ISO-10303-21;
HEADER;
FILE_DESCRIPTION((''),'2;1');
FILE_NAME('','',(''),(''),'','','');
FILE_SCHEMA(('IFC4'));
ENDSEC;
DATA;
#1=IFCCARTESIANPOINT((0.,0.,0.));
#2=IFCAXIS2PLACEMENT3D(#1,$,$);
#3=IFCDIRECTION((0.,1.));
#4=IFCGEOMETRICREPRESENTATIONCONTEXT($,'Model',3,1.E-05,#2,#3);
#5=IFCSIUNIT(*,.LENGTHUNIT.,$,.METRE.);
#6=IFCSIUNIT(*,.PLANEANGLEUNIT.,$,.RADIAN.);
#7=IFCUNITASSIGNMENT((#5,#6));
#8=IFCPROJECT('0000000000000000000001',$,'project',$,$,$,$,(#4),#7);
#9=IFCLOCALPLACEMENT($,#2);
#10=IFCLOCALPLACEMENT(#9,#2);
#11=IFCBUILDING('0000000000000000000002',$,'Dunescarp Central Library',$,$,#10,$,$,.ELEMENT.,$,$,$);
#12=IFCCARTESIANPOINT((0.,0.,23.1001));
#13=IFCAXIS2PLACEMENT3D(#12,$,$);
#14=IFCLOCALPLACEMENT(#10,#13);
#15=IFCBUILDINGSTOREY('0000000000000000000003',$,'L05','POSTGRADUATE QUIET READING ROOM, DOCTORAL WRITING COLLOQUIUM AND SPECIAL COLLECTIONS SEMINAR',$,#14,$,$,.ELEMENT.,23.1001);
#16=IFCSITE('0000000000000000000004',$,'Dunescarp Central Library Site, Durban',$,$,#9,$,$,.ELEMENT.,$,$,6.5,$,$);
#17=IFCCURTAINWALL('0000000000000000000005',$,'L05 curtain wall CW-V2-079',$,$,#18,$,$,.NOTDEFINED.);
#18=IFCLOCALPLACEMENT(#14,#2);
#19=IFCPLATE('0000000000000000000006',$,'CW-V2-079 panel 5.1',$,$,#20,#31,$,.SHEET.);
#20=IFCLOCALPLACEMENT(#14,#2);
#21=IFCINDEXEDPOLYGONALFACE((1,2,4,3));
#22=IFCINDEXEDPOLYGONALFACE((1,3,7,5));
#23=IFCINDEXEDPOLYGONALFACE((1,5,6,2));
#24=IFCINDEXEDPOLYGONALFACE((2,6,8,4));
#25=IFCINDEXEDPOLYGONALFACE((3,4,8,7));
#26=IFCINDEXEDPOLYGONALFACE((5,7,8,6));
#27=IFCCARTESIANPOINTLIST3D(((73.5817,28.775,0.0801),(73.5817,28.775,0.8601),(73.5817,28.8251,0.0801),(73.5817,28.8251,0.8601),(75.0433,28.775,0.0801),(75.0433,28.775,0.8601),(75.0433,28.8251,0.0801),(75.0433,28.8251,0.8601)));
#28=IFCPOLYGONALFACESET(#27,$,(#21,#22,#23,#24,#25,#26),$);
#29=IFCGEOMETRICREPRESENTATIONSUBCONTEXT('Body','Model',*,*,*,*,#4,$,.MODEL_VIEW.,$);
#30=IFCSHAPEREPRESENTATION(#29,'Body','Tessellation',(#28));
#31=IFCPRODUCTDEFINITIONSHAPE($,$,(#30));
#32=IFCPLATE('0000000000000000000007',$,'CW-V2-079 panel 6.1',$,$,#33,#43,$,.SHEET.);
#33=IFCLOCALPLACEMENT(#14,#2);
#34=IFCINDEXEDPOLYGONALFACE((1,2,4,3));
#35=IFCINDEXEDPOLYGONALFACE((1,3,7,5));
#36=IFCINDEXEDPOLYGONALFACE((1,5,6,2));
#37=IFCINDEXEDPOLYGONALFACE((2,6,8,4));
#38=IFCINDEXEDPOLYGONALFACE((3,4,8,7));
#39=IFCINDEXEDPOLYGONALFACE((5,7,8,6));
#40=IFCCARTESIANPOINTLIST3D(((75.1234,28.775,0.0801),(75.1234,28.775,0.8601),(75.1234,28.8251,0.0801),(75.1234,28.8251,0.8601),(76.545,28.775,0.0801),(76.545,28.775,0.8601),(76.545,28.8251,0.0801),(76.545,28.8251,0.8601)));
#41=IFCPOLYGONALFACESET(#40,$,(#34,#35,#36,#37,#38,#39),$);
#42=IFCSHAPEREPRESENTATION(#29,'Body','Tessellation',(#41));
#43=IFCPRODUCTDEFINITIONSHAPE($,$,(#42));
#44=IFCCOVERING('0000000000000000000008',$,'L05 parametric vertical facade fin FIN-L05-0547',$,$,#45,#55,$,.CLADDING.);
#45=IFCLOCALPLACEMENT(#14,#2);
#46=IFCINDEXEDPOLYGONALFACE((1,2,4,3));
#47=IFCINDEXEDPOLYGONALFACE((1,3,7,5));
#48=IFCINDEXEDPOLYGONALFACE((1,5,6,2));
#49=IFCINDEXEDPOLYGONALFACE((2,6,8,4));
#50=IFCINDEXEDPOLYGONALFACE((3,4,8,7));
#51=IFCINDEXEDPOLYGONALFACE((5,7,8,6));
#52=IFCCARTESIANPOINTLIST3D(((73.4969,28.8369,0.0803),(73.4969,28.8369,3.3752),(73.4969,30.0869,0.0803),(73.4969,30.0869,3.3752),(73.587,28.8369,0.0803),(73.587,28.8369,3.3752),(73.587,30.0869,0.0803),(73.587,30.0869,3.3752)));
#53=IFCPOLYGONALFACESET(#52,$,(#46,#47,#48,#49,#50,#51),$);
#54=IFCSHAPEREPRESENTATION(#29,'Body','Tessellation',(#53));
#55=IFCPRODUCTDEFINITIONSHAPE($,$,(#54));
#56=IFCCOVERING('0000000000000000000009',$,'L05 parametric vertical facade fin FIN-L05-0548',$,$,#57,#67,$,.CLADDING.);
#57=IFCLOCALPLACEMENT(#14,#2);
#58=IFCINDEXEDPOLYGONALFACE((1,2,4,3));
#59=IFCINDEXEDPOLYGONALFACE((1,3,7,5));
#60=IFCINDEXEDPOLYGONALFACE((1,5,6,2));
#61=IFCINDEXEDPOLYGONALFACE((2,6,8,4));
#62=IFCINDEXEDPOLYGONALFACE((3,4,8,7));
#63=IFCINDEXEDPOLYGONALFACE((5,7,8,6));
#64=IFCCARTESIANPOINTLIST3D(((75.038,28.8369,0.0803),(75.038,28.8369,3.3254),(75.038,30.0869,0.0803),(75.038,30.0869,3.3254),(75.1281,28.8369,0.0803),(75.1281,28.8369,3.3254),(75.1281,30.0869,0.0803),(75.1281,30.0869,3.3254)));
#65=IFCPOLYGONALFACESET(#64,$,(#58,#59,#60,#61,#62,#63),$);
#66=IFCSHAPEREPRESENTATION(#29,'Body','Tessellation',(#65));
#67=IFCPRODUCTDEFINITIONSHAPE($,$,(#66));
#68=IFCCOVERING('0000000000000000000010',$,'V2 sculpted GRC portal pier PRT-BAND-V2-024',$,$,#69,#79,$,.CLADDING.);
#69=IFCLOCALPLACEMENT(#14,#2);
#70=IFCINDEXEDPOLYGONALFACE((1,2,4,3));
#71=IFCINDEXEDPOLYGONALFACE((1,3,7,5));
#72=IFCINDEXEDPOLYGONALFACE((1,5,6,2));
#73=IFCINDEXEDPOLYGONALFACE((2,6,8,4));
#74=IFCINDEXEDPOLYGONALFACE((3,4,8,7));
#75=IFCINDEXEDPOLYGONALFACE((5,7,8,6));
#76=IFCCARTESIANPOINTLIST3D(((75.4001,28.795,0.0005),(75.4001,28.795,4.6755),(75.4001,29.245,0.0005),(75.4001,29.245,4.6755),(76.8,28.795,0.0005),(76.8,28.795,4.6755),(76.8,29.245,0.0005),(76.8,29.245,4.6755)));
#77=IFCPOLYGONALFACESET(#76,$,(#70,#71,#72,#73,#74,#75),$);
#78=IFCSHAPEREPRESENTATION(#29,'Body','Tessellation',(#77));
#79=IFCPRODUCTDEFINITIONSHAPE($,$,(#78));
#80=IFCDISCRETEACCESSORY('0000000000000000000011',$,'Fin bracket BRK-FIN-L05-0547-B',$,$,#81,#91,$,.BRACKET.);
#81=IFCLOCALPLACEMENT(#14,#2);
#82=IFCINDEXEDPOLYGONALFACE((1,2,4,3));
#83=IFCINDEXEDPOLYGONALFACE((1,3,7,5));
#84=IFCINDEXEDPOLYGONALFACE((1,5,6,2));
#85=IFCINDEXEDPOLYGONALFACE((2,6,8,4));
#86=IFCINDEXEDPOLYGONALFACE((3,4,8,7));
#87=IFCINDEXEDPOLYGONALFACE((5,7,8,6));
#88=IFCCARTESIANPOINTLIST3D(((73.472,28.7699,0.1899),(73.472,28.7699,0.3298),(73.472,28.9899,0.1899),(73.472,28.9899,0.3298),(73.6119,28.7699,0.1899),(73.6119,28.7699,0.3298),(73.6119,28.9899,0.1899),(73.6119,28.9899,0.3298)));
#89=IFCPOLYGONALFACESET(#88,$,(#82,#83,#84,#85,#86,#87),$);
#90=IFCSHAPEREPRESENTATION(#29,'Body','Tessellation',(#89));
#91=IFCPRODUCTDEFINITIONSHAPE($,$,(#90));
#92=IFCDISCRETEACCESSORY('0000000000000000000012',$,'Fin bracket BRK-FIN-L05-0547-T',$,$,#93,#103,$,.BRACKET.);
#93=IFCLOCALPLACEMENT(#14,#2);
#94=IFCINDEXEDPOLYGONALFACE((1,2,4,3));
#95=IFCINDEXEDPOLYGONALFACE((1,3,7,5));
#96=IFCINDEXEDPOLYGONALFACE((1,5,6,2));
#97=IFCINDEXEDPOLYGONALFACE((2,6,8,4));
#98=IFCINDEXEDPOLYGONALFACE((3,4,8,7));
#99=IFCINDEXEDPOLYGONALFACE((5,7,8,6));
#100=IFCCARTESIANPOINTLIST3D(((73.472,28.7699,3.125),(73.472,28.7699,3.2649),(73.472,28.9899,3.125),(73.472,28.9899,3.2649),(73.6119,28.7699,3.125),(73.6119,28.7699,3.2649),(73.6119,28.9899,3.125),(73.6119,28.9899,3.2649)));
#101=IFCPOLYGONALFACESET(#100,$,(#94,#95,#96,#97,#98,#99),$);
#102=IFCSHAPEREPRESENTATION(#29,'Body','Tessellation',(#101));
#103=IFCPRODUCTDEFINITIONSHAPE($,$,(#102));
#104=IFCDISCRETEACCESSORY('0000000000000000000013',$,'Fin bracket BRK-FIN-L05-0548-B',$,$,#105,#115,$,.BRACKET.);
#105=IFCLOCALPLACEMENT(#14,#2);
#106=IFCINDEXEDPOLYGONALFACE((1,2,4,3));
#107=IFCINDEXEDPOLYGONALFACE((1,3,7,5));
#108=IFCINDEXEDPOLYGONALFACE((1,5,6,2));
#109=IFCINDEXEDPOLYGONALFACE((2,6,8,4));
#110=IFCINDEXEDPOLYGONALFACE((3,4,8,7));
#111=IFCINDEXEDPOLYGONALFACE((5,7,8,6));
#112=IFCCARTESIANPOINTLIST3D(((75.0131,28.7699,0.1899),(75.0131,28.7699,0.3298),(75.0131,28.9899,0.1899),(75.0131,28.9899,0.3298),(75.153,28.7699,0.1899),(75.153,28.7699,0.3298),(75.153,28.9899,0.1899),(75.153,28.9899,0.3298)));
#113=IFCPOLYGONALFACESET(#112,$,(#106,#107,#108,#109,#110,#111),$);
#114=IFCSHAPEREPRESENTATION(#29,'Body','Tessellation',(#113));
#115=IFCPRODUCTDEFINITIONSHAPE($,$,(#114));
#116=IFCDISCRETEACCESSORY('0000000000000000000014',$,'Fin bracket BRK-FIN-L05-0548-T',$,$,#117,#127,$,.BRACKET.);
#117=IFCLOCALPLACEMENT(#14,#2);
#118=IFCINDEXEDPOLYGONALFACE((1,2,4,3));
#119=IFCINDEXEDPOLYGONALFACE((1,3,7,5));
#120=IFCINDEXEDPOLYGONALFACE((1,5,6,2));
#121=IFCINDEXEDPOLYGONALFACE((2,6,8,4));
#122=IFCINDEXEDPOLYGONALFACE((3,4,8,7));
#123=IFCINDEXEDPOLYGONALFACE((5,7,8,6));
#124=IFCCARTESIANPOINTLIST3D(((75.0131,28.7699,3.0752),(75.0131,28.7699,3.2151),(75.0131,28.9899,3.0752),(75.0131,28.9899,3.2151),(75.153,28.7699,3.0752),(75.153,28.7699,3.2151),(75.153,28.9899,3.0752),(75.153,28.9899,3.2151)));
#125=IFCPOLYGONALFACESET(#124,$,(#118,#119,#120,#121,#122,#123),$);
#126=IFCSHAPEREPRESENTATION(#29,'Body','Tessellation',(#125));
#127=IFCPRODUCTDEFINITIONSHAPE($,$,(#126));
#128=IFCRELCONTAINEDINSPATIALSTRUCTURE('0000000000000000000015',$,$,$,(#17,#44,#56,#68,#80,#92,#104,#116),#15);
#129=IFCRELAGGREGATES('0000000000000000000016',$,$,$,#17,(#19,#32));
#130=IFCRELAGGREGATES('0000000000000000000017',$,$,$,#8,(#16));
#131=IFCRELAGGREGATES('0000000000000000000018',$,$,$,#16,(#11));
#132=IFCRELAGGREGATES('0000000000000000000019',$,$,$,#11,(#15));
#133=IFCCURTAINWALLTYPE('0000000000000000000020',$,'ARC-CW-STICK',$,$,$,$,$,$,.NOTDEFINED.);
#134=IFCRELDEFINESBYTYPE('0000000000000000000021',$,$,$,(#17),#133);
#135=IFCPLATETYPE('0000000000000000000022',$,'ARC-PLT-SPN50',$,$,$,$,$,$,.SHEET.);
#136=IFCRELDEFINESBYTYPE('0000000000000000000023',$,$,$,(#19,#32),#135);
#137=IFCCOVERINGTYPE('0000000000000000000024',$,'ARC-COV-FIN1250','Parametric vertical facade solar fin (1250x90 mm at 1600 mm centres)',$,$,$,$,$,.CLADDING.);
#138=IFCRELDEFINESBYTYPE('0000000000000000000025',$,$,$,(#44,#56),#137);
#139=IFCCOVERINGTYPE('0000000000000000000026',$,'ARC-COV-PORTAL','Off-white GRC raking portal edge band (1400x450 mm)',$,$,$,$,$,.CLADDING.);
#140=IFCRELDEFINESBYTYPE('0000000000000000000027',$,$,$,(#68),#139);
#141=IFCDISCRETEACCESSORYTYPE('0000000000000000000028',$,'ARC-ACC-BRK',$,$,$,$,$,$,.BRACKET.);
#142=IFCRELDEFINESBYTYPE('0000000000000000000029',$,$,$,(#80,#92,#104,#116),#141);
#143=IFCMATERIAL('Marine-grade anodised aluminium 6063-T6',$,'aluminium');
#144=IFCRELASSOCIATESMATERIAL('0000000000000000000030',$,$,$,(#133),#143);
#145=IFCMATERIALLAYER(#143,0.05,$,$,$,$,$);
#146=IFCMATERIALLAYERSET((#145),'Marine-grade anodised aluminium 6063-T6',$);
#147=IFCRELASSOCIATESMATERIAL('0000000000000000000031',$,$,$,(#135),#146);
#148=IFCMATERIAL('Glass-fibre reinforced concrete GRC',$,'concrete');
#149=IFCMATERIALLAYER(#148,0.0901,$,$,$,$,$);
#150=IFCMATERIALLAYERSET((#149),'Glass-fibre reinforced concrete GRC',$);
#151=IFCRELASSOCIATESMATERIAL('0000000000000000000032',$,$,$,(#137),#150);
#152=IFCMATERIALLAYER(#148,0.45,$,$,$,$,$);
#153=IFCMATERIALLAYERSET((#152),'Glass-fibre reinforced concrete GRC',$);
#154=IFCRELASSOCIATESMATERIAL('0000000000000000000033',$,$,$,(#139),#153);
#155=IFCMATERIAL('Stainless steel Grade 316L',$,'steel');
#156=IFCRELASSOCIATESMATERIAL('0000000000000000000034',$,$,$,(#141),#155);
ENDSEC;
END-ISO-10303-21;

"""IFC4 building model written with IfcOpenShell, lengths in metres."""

from ifc_helpers import new_model, si_unit, direction, frame, origin, origin_2d, place, context, subcontext, project, spatial, rectangle, extrude, material, layer, layer_set, type_object, element, aggregate, save


model = new_model("IFC4")

# Units and contexts
model_context = context("Model", 3, precision=1e-05, world=origin(), true_north=direction((0.0, 1.0)))
body_context = subcontext(model_context, "Body", "Model", "MODEL_VIEW")
ifc_project = project(units=[si_unit("LENGTHUNIT", "METRE"), si_unit("PLANEANGLEUNIT", "RADIAN")], contexts=[model_context])

# Site, building, storey
site_placement = place(None, origin())
site = spatial("IfcSite", under=ifc_project, at=site_placement, Name="Dunescarp Central Library Site, Durban", CompositionType="ELEMENT", RefElevation=6.5)
building_placement = place(site_placement, origin())
building = spatial("IfcBuilding", under=site, at=building_placement, Name="Dunescarp Central Library", CompositionType="ELEMENT")
storey_placement = place(building_placement, frame((0.0, 0.0, 23.1001)))
storey = spatial("IfcBuildingStorey", under=building, at=storey_placement, Name="L05", Description="POSTGRADUATE QUIET READING ROOM, DOCTORAL WRITING COLLOQUIUM AND SPECIAL COLLECTIONS SEMINAR", CompositionType="ELEMENT", Elevation=23.1001)

# Curtain wall, plates
ifc_material_1 = material(Name="Marine-grade anodised aluminium 6063-T6", Category="aluminium")
curtain_wall_type = type_object("IfcCurtainWallType", Name="ARC-CW-STICK", PredefinedType="NOTDEFINED", material=ifc_material_1)
curtain_wall_placement = place(storey_placement, origin())
curtain_wall = element("IfcCurtainWall", 1, at=curtain_wall_placement, inside=storey, type_object=curtain_wall_type, Name="L05 curtain wall CW-V2-079", PredefinedType="NOTDEFINED")
ifc_layer_1 = layer(ifc_material_1, 0.05)
ifc_layer_set_1 = layer_set([ifc_layer_1], Name="Marine-grade anodised aluminium 6063-T6")
plate_type_1 = type_object("IfcPlateType", Name="ARC-PLT-SPN50", PredefinedType="SHEET", material=ifc_layer_set_1)
plate_1_placement = place(storey_placement, frame((74.3125, 28.8, 0.0801), z_axis=(0.0, 0.0, 1.0), x_axis=(1.0, 0.0, 0.0)))
plate_1 = element("IfcPlate", 2, at=plate_1_placement, type_object=plate_type_1, Name="CW-V2-079 panel 5.1", PredefinedType="SHEET", context=body_context, shape_type="SweptSolid", body=[
    extrude(rectangle(XDim=1.4617, YDim=0.05, at=origin_2d()), origin(), (0.0, 0.0, 1.0), 0.78),
])
plate_2_placement = place(storey_placement, frame((75.8342, 28.8, 0.0801), z_axis=(0.0, 0.0, 1.0), x_axis=(1.0, 0.0, 0.0)))
plate_2 = element("IfcPlate", 3, at=plate_2_placement, type_object=plate_type_1, Name="CW-V2-079 panel 6.1", PredefinedType="SHEET", context=body_context, shape_type="SweptSolid", body=[
    extrude(rectangle(XDim=1.4216, YDim=0.05, at=origin_2d()), origin(), (0.0, 0.0, 1.0), 0.78),
])
aggregate(curtain_wall, [plate_1, plate_2])

# Coverings
ifc_material_2 = material(Name="Glass-fibre reinforced concrete GRC", Category="concrete")
ifc_layer_2 = layer(ifc_material_2, 0.0901)
ifc_layer_set_2 = layer_set([ifc_layer_2], Name="Glass-fibre reinforced concrete GRC")
covering_type_1 = type_object("IfcCoveringType", Name="ARC-COV-FIN1250", Description="Parametric vertical facade solar fin (1250x90 mm at 1600 mm centres)", PredefinedType="CLADDING", material=ifc_layer_set_2)
covering_1_placement = place(storey_placement, frame((73.542, 29.4619, 0.0803), z_axis=(0.0, 0.0, 1.0), x_axis=(0.0, 1.0, 0.0)))
element("IfcCovering", 4, at=covering_1_placement, inside=storey, type_object=covering_type_1, Name="L05 parametric vertical facade fin FIN-L05-0547", PredefinedType="CLADDING", context=body_context, shape_type="SweptSolid", body=[
    extrude(rectangle(XDim=1.25, YDim=0.0901, at=origin_2d()), origin(), (0.0, 0.0, 1.0), 3.2949),
])
covering_2_placement = place(storey_placement, frame((75.083, 29.4619, 0.0803), z_axis=(0.0, 0.0, 1.0), x_axis=(0.0, 1.0, 0.0)))
element("IfcCovering", 5, at=covering_2_placement, inside=storey, type_object=covering_type_1, Name="L05 parametric vertical facade fin FIN-L05-0548", PredefinedType="CLADDING", context=body_context, shape_type="SweptSolid", body=[
    extrude(rectangle(XDim=1.25, YDim=0.0901, at=origin_2d()), origin(), (0.0, 0.0, 1.0), 3.2451),
])
ifc_layer_3 = layer(ifc_material_2, 0.45)
ifc_layer_set_3 = layer_set([ifc_layer_3], Name="Glass-fibre reinforced concrete GRC")
covering_type_2 = type_object("IfcCoveringType", Name="ARC-COV-PORTAL", Description="Off-white GRC raking portal edge band (1400x450 mm)", PredefinedType="CLADDING", material=ifc_layer_set_3)
covering_3_placement = place(storey_placement, frame((76.1001, 29.02, 0.0005), z_axis=(0.0, 0.0, 1.0), x_axis=(1.0, 0.0, 0.0)))
element("IfcCovering", 6, at=covering_3_placement, inside=storey, type_object=covering_type_2, Name="V2 sculpted GRC portal pier PRT-BAND-V2-024", PredefinedType="CLADDING", context=body_context, shape_type="SweptSolid", body=[
    extrude(rectangle(XDim=1.3999, YDim=0.45, at=origin_2d()), origin(), (0.0, 0.0, 1.0), 4.675),
])

# Discrete accessories
ifc_material_3 = material(Name="Stainless steel Grade 316L", Category="steel")
discrete_accessory_type = type_object("IfcDiscreteAccessoryType", Name="ARC-ACC-BRK", PredefinedType="BRACKET", material=ifc_material_3)
for number, where, z_axis, x_axis, name in (
    (7, (73.542, 28.8799, 0.1899), (0.0, 0.0, 1.0), (0.0, 1.0, 0.0), "Fin bracket BRK-FIN-L05-0547-B"),
    (8, (73.542, 28.8799, 3.125), (0.0, 0.0, 1.0), (0.0, 1.0, 0.0), "Fin bracket BRK-FIN-L05-0547-T"),
    (9, (75.083, 28.8799, 0.1899), (0.0, 0.0, 1.0), (0.0, 1.0, 0.0), "Fin bracket BRK-FIN-L05-0548-B"),
    (10, (75.083, 28.8799, 3.0752), (0.0, 0.0, 1.0), (0.0, 1.0, 0.0), "Fin bracket BRK-FIN-L05-0548-T"),
):
    element("IfcDiscreteAccessory", number, at=place(storey_placement, frame(where, z_axis=z_axis, x_axis=x_axis)), inside=storey, type_object=discrete_accessory_type, Name=name, PredefinedType="BRACKET", context=body_context, shape_type="SweptSolid", body=[
        extrude(rectangle(XDim=0.22, YDim=0.1399, at=origin_2d()), origin(), (0.0, 0.0, 1.0), 0.1399),
    ])

save(model, "model.ifc")
